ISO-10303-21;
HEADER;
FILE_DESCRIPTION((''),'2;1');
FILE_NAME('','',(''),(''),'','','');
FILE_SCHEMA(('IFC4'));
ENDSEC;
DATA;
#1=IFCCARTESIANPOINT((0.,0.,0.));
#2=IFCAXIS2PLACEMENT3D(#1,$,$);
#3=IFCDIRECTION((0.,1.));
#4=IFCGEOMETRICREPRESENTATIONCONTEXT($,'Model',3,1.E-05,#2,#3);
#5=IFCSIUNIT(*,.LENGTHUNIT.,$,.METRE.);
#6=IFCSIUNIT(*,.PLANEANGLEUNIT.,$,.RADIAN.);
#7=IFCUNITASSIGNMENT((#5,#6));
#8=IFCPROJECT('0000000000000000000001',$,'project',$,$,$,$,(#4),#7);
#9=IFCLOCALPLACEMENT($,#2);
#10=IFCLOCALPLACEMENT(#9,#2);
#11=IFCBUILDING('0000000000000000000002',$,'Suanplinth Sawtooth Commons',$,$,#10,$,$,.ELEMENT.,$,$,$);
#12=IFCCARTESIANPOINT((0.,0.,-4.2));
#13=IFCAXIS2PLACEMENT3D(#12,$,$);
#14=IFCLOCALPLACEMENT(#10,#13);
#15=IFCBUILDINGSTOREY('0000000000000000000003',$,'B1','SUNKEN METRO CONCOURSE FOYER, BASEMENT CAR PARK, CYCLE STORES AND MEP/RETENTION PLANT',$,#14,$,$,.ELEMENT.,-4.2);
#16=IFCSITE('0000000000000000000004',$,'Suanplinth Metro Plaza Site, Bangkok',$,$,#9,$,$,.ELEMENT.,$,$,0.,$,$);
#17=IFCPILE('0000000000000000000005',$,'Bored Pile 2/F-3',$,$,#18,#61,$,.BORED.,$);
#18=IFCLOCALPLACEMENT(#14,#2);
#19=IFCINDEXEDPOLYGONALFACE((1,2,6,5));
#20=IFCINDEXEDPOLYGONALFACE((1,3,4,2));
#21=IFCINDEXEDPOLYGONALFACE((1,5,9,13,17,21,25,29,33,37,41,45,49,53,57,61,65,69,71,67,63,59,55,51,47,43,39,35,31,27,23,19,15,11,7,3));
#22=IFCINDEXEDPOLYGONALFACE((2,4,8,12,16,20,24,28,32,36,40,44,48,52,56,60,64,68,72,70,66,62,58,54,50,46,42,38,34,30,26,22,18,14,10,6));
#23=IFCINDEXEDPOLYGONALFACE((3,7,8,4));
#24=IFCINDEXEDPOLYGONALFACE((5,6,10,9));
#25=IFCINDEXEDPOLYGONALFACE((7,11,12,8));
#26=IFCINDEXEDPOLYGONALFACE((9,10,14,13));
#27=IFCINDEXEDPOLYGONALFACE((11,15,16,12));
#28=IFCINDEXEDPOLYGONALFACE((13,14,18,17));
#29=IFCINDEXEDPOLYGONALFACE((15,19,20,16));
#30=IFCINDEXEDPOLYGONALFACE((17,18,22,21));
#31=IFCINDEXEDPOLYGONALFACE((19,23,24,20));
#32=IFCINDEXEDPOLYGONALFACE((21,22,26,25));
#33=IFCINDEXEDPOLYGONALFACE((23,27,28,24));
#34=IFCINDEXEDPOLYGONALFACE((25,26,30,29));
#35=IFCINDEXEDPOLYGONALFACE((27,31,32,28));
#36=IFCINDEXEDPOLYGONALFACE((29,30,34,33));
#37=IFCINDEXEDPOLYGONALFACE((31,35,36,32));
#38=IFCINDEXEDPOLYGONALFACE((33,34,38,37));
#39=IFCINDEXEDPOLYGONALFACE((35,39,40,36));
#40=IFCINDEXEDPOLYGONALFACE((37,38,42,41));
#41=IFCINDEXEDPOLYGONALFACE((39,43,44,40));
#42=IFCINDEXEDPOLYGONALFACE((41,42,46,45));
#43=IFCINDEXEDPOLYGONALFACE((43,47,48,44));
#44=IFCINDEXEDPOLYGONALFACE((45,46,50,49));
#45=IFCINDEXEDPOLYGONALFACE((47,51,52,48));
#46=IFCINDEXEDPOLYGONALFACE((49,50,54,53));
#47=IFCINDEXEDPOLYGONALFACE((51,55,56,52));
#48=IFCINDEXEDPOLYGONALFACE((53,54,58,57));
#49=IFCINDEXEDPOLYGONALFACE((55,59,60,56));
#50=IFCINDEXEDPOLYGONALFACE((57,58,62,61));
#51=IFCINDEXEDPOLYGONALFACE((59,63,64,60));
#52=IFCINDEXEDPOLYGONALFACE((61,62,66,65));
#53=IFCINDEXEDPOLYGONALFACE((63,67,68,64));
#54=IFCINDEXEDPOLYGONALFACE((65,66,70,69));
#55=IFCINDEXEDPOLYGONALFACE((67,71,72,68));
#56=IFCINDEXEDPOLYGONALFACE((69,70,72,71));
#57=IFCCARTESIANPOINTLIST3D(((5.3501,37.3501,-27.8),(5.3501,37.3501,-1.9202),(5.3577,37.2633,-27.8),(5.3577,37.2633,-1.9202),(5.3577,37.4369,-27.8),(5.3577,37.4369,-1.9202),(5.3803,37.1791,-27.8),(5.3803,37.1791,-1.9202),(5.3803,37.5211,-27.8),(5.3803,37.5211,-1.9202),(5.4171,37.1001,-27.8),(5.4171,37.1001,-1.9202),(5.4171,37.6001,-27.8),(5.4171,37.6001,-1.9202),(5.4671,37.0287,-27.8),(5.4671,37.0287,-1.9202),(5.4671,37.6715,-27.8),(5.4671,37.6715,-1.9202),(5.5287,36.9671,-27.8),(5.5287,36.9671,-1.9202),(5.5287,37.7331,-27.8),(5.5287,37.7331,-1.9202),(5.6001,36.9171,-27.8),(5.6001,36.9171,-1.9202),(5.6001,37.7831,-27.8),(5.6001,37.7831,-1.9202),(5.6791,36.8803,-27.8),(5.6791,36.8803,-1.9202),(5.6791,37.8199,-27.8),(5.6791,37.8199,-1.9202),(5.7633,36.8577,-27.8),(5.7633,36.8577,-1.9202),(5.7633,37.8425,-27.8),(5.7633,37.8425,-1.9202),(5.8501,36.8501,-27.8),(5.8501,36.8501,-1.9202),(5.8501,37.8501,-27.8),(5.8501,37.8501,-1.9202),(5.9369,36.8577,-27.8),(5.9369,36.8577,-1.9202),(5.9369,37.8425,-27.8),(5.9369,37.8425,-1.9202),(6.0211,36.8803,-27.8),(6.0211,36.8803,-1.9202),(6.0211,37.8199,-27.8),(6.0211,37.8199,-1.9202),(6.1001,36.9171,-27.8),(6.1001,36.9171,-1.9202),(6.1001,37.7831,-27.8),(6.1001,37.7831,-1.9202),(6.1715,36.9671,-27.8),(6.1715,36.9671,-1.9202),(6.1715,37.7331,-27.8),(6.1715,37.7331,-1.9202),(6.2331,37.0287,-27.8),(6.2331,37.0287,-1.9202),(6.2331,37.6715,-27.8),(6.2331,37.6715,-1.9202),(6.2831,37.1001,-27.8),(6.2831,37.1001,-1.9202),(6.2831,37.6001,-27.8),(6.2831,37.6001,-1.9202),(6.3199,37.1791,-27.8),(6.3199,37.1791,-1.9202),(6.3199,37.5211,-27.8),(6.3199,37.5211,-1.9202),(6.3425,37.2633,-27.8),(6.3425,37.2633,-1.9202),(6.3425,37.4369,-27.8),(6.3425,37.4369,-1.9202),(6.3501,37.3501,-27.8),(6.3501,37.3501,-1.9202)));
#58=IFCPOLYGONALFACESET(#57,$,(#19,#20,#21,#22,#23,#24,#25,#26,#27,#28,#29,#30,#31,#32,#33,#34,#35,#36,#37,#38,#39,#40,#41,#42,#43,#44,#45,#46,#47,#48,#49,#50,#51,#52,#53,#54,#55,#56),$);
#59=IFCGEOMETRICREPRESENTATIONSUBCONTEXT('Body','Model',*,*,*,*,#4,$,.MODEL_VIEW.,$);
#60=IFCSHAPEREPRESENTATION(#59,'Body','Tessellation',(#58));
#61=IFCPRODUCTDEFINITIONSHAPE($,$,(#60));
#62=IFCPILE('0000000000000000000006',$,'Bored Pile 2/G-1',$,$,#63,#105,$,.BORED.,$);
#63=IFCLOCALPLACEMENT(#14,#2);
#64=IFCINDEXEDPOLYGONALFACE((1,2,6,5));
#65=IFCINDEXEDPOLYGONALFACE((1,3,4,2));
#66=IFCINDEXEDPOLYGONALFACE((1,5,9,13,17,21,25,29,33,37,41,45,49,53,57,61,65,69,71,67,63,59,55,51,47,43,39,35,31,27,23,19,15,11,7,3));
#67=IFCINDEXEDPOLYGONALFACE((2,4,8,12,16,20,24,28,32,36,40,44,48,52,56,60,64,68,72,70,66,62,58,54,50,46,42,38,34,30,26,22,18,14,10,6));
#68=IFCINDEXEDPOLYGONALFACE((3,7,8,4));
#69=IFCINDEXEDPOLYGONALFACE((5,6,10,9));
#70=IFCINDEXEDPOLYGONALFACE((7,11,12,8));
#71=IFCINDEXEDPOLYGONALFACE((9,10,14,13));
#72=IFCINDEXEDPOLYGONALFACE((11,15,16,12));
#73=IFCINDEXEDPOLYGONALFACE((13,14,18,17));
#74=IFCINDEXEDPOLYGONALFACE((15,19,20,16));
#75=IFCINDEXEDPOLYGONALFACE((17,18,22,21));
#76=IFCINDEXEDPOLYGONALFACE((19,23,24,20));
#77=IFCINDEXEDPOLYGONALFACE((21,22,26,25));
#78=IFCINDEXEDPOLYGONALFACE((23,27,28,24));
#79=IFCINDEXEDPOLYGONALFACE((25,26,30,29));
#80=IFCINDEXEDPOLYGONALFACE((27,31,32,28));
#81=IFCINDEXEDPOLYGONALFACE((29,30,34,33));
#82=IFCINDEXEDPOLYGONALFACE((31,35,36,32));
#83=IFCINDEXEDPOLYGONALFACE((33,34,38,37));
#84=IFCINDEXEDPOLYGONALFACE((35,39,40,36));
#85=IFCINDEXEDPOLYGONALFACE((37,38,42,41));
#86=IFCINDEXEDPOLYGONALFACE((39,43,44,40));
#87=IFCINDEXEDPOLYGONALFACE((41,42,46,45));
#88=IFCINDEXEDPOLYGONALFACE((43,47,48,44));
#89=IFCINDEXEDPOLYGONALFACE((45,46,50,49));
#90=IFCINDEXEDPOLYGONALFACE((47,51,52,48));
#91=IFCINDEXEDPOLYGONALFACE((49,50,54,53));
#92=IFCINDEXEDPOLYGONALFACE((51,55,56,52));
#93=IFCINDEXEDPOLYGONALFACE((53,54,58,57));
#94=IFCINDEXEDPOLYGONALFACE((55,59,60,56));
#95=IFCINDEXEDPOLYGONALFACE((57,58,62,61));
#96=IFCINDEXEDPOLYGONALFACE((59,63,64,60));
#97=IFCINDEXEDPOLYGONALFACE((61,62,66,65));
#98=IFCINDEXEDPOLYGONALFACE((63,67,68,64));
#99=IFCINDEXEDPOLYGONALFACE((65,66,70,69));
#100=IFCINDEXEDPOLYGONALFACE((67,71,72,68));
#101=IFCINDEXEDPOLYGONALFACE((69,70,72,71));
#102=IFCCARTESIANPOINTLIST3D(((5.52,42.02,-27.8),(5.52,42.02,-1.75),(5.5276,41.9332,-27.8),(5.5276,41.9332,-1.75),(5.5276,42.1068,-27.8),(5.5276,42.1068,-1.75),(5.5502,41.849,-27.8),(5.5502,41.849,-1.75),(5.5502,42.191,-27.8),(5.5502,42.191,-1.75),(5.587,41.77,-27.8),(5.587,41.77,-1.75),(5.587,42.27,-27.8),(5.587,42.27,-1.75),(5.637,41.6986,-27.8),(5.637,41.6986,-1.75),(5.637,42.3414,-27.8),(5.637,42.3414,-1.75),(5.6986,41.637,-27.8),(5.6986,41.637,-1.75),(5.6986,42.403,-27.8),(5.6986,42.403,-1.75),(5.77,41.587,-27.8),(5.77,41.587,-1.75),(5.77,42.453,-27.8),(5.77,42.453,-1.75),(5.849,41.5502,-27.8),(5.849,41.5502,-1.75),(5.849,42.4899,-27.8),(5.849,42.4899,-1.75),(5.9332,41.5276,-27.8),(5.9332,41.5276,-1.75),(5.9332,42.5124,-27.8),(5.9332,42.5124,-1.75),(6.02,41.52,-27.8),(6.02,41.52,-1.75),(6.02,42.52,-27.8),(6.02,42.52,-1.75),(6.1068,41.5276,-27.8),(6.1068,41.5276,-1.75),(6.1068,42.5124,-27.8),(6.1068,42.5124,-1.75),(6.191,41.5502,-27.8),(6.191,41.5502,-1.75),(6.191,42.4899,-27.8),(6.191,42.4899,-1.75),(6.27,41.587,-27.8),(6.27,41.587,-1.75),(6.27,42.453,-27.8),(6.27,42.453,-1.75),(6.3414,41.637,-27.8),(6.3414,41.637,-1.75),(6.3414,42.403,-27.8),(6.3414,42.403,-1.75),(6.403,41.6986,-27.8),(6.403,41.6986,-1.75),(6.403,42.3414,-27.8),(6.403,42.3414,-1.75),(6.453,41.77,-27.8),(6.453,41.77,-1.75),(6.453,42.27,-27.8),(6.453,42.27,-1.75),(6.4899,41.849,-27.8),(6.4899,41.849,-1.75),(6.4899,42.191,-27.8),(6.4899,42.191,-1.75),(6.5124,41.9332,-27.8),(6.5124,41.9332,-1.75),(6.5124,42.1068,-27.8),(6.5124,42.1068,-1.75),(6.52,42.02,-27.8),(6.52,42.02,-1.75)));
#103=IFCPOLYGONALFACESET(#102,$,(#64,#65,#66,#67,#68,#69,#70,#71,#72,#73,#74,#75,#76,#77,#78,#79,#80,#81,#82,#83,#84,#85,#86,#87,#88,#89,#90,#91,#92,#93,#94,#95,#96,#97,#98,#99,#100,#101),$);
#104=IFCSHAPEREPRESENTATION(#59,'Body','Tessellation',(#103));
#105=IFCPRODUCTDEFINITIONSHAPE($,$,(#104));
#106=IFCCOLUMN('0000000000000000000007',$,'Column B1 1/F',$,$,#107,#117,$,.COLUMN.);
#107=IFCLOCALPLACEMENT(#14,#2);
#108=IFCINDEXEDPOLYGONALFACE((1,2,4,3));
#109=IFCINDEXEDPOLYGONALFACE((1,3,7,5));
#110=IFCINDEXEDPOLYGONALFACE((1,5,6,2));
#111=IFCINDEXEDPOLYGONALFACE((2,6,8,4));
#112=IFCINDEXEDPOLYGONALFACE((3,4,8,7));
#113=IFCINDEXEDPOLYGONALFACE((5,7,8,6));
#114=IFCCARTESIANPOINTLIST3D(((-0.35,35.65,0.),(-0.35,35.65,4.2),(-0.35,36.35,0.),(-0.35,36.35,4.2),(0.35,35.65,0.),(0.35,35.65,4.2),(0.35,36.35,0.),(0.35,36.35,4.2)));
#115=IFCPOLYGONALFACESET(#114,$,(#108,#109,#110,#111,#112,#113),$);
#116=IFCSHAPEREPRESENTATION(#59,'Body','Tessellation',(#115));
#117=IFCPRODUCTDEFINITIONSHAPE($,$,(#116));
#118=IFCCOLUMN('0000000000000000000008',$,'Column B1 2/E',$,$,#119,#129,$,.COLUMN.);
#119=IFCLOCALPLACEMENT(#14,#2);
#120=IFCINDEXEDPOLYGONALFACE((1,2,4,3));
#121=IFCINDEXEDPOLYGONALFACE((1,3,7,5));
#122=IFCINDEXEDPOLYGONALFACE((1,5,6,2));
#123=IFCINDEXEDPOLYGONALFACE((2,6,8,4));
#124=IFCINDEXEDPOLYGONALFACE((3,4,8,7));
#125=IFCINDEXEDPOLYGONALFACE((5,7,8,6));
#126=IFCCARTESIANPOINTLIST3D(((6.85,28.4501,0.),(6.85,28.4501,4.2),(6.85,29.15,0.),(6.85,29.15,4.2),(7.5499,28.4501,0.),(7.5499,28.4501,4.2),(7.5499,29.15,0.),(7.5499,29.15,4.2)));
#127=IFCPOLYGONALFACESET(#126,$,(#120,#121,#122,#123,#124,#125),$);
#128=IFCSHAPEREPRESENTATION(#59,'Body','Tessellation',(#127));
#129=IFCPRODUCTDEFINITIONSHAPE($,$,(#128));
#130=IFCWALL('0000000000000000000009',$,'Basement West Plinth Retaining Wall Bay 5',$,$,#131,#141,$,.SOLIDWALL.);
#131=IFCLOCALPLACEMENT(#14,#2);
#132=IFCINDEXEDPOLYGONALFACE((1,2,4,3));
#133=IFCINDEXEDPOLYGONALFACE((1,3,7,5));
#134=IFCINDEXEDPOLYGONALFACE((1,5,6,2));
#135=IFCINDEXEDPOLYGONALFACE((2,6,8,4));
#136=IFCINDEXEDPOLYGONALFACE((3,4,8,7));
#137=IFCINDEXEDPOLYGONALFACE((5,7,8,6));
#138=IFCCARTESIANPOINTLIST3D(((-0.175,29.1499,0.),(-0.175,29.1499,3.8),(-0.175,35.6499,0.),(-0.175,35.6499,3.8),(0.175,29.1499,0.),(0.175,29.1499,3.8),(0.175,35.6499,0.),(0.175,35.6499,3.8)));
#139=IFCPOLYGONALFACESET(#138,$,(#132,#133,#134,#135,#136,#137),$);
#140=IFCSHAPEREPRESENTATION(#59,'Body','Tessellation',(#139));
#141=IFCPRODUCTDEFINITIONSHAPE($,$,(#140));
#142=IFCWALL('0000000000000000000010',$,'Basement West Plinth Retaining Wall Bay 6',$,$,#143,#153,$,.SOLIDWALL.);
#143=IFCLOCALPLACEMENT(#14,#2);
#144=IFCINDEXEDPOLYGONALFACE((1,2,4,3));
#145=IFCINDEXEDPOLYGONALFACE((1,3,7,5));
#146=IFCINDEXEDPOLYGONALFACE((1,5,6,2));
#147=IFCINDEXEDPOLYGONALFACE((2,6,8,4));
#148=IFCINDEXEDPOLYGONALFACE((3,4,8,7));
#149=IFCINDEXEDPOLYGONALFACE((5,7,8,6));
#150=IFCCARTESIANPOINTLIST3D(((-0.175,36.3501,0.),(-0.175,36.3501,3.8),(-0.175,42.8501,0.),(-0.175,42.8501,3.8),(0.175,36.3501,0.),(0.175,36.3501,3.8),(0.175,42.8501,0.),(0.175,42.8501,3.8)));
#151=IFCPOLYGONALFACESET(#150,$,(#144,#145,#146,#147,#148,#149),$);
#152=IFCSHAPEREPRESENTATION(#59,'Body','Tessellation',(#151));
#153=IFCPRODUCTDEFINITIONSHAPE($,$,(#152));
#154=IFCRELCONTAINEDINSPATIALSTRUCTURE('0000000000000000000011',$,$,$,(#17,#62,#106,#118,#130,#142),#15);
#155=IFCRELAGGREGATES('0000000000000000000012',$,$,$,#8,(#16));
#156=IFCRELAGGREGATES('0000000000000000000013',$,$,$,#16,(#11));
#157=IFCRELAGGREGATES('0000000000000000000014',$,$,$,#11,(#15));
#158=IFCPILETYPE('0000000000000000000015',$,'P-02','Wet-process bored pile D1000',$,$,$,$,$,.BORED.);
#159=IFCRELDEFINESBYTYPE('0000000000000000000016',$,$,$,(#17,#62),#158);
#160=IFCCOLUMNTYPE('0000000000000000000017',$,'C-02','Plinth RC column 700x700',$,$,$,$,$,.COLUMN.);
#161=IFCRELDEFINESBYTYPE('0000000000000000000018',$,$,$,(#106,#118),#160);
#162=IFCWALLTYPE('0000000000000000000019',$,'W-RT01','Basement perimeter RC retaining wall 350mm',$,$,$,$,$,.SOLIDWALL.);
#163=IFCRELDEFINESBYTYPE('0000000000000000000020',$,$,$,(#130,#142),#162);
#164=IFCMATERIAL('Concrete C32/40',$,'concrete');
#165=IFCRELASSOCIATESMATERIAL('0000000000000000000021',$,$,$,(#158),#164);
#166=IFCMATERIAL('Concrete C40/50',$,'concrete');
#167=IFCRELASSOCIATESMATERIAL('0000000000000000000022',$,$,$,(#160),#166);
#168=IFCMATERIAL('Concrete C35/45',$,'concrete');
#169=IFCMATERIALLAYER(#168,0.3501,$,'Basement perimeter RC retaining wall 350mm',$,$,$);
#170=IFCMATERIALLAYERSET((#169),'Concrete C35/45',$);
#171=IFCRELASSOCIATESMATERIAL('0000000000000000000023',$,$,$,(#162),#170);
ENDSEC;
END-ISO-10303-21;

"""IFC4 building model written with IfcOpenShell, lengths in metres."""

from ifc_helpers import new_model, si_unit, direction, frame, frame_2d, origin, origin_2d, place, context, subcontext, project, spatial, rectangle, circle, extrude, material, layer, layer_set, material_profile, profile_set, type_object, element, save


model = new_model("IFC4")

# Units and contexts
model_context = context("Model", 3, precision=1e-05, world=origin(), true_north=direction((0.0, 1.0)))
body_context = subcontext(model_context, "Body", "Model", "MODEL_VIEW")
ifc_project = project(units=[si_unit("LENGTHUNIT", "METRE"), si_unit("PLANEANGLEUNIT", "RADIAN")], contexts=[model_context])

# Site, building, storey
site_placement = place(None, origin())
site = spatial("IfcSite", under=ifc_project, at=site_placement, Name="Suanplinth Metro Plaza Site, Bangkok", CompositionType="ELEMENT", RefElevation=0.0)
building_placement = place(site_placement, origin())
building = spatial("IfcBuilding", under=site, at=building_placement, Name="Suanplinth Sawtooth Commons", CompositionType="ELEMENT")
storey_placement = place(building_placement, frame((0.0, 0.0, -4.2)))
storey = spatial("IfcBuildingStorey", under=building, at=storey_placement, Name="B1", Description="SUNKEN METRO CONCOURSE FOYER, BASEMENT CAR PARK, CYCLE STORES AND MEP/RETENTION PLANT", CompositionType="ELEMENT", Elevation=-4.2)

# Shared definitions
ifc_material_1 = material(Name="Concrete C35/45", Category="concrete")

# Piles
ifc_material_2 = material(Name="Concrete C32/40", Category="concrete")
ifc_material_profile_1 = material_profile(ifc_material_2, circle(Radius=0.5, at=origin_2d()), Name="PILE D1000")
ifc_profile_set_1 = profile_set([ifc_material_profile_1], Name="Concrete C32/40")
pile_type = type_object("IfcPileType", Name="P-02", Description="Wet-process bored pile D1000", PredefinedType="BORED", material=ifc_profile_set_1)
for number, where, z_axis, x_axis, name in (
    (1, (5.8501, 37.3501, -1.9202), (0.0, 0.0, -1.0), (1.0, 0.0, 0.0), "Bored Pile 2/F-3"),
):
    element("IfcPile", number, at=place(storey_placement, frame(where, z_axis=z_axis, x_axis=x_axis)), inside=storey, type_object=pile_type, Name=name, PredefinedType="BORED", context=body_context, shape_type="SweptSolid", body=[
        extrude(circle(Radius=0.5, at=origin_2d()), origin(), (0.0, 0.0, 1.0), 25.8799),
    ])
pile_1_placement = place(storey_placement, frame((6.02, 42.02, -1.75), z_axis=(0.0, 0.0, -1.0), x_axis=(1.0, 0.0, 0.0)))
element("IfcPile", 2, at=pile_1_placement, inside=storey, type_object=pile_type, Name="Bored Pile 2/G-1", PredefinedType="BORED", context=body_context, shape_type="SweptSolid", body=[
    extrude(circle(Radius=0.5, at=origin_2d()), origin(), (0.0, 0.0, 1.0), 26.05),
])

# Columns
ifc_material_3 = material(Name="Concrete C40/50", Category="concrete")
ifc_material_profile_2 = material_profile(ifc_material_3, rectangle(XDim=0.7, YDim=0.7, at=origin_2d()), Name="RC-COL 700x700")
ifc_profile_set_2 = profile_set([ifc_material_profile_2], Name="Concrete C40/50")
column_type = type_object("IfcColumnType", Name="C-02", Description="Plinth RC column 700x700", PredefinedType="COLUMN", material=ifc_profile_set_2)
for number, where, z_axis, x_axis, name in (
    (3, (0.0, 36.0, 0.0), (0.0, 0.0, 1.0), (1.0, 0.0, 0.0), "Column B1 1/F"),
    (4, (7.2, 28.8, 0.0), (0.0, 0.0, 1.0), (1.0, 0.0, 0.0), "Column B1 2/E"),
):
    element("IfcColumn", number, at=place(storey_placement, frame(where, z_axis=z_axis, x_axis=x_axis)), inside=storey, type_object=column_type, Name=name, PredefinedType="COLUMN", context=body_context, shape_type="SweptSolid", body=[
        extrude(rectangle(XDim=0.7, YDim=0.7, at=origin_2d()), origin(), (0.0, 0.0, 1.0), 4.2),
    ])

# Walls
ifc_layer = layer(ifc_material_1, 0.3501, Name="Basement perimeter RC retaining wall 350mm")
ifc_layer_set = layer_set([ifc_layer], Name="Concrete C35/45")
wall_type = type_object("IfcWallType", Name="W-RT01", Description="Basement perimeter RC retaining wall 350mm", PredefinedType="SOLIDWALL", material=ifc_layer_set)
for number, where, z_axis, x_axis, name in (
    (5, (0.0, 29.1499, 0.0), (0.0, 0.0, 1.0), (0.0, 1.0, 0.0), "Basement West Plinth Retaining Wall Bay 5"),
    (6, (0.0, 36.3501, 0.0), (0.0, 0.0, 1.0), (0.0, 1.0, 0.0), "Basement West Plinth Retaining Wall Bay 6"),
):
    element("IfcWall", number, at=place(storey_placement, frame(where, z_axis=z_axis, x_axis=x_axis)), inside=storey, type_object=wall_type, Name=name, PredefinedType="SOLIDWALL", context=body_context, shape_type="SweptSolid", body=[
        extrude(rectangle(XDim=6.5, YDim=0.3501, at=frame_2d((3.25, 0.0))), origin(), (0.0, 0.0, 1.0), 3.8),
    ])

save(model, "model.ifc")
